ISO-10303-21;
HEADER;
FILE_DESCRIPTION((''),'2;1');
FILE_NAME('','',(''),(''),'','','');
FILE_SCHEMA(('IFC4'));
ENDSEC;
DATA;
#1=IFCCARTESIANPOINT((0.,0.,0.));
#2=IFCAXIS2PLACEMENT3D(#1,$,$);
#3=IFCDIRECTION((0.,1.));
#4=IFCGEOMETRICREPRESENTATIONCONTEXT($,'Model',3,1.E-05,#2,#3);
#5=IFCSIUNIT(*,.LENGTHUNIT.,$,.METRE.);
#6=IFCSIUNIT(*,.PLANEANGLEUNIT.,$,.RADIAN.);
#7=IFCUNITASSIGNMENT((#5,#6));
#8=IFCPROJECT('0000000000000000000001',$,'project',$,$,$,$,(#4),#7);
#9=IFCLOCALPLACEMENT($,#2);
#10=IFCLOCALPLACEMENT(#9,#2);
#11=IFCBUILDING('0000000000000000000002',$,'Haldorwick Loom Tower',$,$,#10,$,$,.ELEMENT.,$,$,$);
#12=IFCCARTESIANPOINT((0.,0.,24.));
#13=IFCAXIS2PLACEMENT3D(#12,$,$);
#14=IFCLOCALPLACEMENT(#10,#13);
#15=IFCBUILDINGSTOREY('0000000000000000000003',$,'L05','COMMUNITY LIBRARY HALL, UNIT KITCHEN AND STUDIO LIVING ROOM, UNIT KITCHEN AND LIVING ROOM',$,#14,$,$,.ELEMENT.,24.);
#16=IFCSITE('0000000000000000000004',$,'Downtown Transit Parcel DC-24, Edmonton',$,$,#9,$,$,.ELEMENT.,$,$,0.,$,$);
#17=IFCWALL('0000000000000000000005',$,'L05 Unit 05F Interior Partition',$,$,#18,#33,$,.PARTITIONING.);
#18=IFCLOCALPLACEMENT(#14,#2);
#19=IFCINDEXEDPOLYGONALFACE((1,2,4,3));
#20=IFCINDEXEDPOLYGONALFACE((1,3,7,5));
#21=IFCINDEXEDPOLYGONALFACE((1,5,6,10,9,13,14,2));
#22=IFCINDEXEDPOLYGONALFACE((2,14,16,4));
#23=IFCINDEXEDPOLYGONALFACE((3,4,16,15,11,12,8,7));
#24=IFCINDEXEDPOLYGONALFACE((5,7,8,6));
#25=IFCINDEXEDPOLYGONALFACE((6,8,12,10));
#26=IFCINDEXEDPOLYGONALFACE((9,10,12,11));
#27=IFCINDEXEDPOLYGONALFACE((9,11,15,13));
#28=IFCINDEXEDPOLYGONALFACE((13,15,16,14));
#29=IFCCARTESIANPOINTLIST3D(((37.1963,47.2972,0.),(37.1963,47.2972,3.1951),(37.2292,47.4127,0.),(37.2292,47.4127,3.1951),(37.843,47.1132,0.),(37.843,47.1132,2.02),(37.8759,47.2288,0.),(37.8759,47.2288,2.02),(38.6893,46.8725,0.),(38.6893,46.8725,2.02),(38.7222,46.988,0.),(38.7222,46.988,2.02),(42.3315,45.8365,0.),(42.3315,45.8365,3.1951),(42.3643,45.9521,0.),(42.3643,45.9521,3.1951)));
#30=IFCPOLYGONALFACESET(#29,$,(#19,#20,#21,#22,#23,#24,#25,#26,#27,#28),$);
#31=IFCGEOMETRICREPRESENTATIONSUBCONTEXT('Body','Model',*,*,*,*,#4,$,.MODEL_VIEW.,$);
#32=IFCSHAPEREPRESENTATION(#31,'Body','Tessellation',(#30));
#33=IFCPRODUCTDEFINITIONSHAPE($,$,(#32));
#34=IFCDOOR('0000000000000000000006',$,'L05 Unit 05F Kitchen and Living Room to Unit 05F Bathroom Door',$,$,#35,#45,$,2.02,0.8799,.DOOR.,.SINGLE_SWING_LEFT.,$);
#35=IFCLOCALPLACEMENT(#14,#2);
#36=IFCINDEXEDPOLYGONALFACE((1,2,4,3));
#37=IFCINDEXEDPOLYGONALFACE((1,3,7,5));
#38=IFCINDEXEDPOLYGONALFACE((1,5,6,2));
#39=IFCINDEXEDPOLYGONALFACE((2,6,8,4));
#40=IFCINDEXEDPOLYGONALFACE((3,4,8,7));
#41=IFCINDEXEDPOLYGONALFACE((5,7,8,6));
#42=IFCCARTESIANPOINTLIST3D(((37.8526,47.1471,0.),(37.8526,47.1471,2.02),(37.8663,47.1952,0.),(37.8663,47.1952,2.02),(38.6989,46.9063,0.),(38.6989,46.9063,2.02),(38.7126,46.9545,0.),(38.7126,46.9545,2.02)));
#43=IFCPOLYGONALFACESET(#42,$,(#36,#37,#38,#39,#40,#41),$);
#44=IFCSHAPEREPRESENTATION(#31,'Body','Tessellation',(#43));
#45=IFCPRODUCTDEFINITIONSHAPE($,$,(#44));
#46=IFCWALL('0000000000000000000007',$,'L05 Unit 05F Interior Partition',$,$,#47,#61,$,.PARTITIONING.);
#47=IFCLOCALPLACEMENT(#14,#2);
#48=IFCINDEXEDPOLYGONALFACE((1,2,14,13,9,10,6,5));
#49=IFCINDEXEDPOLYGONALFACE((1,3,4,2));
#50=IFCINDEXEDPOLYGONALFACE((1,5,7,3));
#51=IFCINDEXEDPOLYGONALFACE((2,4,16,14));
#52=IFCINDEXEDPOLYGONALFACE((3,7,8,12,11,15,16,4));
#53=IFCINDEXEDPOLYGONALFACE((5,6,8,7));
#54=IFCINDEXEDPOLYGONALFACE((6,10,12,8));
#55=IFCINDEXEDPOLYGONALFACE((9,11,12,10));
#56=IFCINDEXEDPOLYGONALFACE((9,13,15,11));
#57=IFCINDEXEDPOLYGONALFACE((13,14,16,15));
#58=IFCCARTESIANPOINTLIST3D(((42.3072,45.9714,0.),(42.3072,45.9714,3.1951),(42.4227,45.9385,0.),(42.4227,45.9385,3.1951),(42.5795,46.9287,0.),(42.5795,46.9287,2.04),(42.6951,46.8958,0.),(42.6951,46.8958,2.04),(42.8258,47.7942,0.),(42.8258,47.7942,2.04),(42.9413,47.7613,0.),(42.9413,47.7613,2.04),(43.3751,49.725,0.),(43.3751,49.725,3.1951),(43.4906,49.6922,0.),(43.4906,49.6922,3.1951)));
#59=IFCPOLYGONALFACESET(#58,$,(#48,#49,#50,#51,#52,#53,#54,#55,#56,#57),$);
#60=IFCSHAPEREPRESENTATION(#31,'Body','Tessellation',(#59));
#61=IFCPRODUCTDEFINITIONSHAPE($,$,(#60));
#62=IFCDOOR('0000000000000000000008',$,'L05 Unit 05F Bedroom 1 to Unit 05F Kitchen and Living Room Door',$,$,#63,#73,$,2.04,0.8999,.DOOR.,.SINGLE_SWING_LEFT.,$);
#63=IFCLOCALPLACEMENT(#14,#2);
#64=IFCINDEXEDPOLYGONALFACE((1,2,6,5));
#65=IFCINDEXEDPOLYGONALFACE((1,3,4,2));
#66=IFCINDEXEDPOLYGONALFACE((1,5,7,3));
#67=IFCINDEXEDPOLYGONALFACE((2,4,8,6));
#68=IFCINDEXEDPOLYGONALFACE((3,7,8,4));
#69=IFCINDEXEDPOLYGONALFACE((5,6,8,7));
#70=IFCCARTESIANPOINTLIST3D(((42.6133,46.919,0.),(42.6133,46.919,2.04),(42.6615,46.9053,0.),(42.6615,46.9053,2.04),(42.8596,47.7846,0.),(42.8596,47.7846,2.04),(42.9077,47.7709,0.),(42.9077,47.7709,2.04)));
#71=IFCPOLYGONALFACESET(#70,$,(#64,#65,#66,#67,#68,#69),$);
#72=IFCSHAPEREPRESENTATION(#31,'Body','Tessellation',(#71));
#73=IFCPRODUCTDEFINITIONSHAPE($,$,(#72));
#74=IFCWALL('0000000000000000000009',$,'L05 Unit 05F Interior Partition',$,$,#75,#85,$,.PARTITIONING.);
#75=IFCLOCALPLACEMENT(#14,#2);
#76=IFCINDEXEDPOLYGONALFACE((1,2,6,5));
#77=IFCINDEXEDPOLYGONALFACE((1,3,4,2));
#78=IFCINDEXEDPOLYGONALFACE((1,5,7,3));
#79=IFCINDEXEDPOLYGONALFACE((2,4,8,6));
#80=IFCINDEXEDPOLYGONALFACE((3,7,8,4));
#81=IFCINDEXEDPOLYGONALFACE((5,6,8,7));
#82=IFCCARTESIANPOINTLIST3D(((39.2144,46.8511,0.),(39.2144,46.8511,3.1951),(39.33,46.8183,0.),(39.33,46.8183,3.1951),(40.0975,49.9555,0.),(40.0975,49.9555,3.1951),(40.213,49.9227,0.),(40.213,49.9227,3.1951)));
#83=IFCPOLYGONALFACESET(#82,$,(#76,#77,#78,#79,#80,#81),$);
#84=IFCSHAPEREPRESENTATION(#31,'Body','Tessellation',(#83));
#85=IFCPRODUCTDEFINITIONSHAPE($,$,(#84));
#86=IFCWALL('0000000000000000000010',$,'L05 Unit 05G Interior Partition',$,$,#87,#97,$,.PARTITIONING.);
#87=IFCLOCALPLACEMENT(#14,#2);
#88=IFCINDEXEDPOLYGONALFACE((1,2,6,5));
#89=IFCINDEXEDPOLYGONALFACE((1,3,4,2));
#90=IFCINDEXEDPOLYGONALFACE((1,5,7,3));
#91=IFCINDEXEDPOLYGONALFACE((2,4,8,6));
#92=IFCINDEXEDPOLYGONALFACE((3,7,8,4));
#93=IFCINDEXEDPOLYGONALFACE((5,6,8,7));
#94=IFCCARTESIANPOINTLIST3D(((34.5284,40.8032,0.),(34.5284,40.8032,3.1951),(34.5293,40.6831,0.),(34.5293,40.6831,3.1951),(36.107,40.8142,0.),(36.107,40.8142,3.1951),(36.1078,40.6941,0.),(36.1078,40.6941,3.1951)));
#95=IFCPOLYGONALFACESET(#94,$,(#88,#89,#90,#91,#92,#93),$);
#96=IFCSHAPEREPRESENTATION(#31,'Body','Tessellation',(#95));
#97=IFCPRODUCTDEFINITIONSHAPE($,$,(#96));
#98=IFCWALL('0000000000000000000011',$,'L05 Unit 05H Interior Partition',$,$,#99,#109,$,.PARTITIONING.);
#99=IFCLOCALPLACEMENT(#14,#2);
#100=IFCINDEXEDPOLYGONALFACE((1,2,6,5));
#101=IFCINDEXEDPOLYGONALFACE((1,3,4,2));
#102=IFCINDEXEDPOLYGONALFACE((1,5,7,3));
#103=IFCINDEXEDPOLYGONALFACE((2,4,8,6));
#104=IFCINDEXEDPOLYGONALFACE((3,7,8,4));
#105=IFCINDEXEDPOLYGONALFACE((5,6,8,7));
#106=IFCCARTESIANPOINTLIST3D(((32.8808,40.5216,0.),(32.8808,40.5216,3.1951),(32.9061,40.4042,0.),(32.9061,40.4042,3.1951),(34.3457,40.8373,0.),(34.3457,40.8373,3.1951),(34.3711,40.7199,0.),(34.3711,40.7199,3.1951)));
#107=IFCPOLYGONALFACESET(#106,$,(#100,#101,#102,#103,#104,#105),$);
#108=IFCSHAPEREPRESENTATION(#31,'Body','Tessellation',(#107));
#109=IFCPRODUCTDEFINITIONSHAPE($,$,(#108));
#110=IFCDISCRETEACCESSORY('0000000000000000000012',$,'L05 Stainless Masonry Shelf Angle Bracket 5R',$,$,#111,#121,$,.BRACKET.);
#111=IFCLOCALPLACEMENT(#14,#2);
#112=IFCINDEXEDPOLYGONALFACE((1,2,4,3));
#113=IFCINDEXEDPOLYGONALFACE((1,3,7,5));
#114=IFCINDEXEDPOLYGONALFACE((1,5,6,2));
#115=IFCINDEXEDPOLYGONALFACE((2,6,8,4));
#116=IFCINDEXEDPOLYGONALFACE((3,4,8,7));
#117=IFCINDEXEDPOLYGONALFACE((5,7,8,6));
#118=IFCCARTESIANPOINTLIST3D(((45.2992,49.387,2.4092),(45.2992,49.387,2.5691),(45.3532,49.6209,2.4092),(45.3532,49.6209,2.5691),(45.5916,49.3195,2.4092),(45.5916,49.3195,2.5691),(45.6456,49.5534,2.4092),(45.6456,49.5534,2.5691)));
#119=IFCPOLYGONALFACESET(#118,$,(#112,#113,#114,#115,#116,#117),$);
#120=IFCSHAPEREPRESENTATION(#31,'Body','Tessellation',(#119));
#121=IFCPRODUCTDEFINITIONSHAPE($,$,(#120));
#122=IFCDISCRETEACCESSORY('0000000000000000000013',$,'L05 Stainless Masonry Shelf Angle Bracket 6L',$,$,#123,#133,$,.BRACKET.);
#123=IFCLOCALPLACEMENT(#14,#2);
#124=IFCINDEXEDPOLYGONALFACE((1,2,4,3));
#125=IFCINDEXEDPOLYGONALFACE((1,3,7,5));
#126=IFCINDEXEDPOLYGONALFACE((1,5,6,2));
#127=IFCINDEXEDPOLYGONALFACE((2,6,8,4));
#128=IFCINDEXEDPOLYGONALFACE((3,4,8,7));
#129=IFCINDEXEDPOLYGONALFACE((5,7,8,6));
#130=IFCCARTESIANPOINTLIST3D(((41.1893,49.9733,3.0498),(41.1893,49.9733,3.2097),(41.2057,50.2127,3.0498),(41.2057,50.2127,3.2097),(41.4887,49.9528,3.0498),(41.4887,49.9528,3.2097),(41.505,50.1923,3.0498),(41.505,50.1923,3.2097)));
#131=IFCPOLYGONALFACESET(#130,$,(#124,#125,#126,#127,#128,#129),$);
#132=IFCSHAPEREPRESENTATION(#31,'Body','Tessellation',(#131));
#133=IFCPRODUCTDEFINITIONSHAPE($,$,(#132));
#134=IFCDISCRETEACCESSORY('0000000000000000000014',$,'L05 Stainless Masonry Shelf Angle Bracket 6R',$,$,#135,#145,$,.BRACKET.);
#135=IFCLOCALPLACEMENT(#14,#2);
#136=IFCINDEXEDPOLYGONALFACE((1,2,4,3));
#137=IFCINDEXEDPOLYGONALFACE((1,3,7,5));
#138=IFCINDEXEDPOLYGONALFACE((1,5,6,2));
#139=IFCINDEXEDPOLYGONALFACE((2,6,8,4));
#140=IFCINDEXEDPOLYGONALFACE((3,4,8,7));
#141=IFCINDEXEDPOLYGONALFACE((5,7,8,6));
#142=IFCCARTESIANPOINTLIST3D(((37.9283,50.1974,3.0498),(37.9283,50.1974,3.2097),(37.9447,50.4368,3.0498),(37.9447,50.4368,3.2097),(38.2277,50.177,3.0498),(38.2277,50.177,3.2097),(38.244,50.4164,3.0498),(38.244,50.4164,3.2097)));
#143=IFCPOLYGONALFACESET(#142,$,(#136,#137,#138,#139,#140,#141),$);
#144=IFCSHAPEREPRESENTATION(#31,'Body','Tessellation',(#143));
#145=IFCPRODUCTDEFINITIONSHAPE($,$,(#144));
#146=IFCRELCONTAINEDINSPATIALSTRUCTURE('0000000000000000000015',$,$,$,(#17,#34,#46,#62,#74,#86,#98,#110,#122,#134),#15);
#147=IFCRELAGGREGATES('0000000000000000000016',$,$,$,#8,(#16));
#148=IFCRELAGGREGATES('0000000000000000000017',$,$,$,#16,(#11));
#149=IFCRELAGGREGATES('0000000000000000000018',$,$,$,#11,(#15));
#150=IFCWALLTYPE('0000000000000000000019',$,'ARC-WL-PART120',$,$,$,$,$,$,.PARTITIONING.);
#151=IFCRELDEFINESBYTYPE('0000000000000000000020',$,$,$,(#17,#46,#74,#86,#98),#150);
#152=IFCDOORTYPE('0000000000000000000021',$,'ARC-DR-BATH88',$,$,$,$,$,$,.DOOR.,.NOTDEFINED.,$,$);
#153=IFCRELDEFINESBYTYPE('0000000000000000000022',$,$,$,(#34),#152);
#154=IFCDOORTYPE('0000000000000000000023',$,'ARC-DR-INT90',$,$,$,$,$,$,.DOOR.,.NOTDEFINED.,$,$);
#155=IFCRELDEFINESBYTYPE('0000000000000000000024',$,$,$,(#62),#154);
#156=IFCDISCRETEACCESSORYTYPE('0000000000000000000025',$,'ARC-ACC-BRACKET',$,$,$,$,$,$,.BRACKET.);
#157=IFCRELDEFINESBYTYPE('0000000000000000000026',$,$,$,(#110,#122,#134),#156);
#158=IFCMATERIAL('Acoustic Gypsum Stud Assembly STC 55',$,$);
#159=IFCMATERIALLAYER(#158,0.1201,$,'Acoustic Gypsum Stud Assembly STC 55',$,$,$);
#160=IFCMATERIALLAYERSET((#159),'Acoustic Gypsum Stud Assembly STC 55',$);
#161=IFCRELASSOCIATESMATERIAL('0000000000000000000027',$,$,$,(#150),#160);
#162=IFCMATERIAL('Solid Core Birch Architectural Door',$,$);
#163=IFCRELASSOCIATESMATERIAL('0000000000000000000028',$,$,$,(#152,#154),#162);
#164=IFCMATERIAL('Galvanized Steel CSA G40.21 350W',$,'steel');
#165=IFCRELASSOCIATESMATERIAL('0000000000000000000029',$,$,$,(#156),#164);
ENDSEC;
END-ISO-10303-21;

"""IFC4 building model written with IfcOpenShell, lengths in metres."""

from ifc_helpers import new_model, si_unit, direction, frame, frame_2d, origin, origin_2d, place, context, subcontext, project, spatial, rectangle, extrude, material, layer, layer_set, type_object, element, fill, save


model = new_model("IFC4")

# Units and contexts
model_context = context("Model", 3, precision=1e-05, world=origin(), true_north=direction((0.0, 1.0)))
body_context = subcontext(model_context, "Body", "Model", "MODEL_VIEW")
ifc_project = project(units=[si_unit("LENGTHUNIT", "METRE"), si_unit("PLANEANGLEUNIT", "RADIAN")], contexts=[model_context])

# Site, building, storey
site_placement = place(None, origin())
site = spatial("IfcSite", under=ifc_project, at=site_placement, Name="Downtown Transit Parcel DC-24, Edmonton", CompositionType="ELEMENT", RefElevation=0.0)
building_placement = place(site_placement, origin())
building = spatial("IfcBuilding", under=site, at=building_placement, Name="Haldorwick Loom Tower", CompositionType="ELEMENT")
storey_placement = place(building_placement, frame((0.0, 0.0, 24.0)))
storey = spatial("IfcBuildingStorey", under=building, at=storey_placement, Name="L05", Description="COMMUNITY LIBRARY HALL, UNIT KITCHEN AND STUDIO LIVING ROOM, UNIT KITCHEN AND LIVING ROOM", CompositionType="ELEMENT", Elevation=24.0)

# Walls, openings, doors
ifc_material_1 = material(Name="Acoustic Gypsum Stud Assembly STC 55")
ifc_layer_1 = layer(ifc_material_1, 0.1201, Name="Acoustic Gypsum Stud Assembly STC 55")
ifc_layer_set_1 = layer_set([ifc_layer_1], Name="Acoustic Gypsum Stud Assembly STC 55")
wall_type_1 = type_object("IfcWallType", Name="ARC-WL-PART120", PredefinedType="PARTITIONING", material=ifc_layer_set_1)
wall_1_placement = place(storey_placement, frame((42.3479, 45.8943, 0.0), z_axis=(0.0, 0.0, 1.0), x_axis=(-0.961846, 0.273592, 0.0)))
wall_1 = element("IfcWall", 1, at=wall_1_placement, inside=storey, type_object=wall_type_1, Name="L05 Unit 05F Interior Partition", PredefinedType="PARTITIONING", context=body_context, shape_type="SweptSolid", body=[
    extrude(rectangle(XDim=5.3389, YDim=0.1201, at=frame_2d((2.6694, 0.0))), origin(), (0.0, 0.0, 1.0), 3.1951),
])
opening_1_placement = place(wall_1_placement, frame((3.7866, 0.0, 0.0)))
opening_1 = element("IfcOpeningElement", 2, at=opening_1_placement, cuts=wall_1, PredefinedType="OPENING", context=body_context, shape_type="SweptSolid", body=[
    extrude(rectangle(XDim=0.8799, YDim=2.02, at=frame_2d((0.4399, 1.01))), frame((0.0, 0.0701, 0.0), z_axis=(0.0, -1.0, 0.0), x_axis=(1.0, 0.0, 0.0)), (0.0, 0.0, 1.0), 0.1401),
])
ifc_material_2 = material(Name="Solid Core Birch Architectural Door")
door_type_1 = type_object("IfcDoorType", Name="ARC-DR-BATH88", OperationType="NOTDEFINED", PredefinedType="DOOR", material=ifc_material_2)
door_1_placement = place(opening_1_placement, origin())
door_1 = element("IfcDoor", 3, at=door_1_placement, inside=storey, type_object=door_type_1, Name="L05 Unit 05F Kitchen and Living Room to Unit 05F Bathroom Door", OperationType="SINGLE_SWING_LEFT", OverallHeight=2.02, OverallWidth=0.8799, PredefinedType="DOOR", context=body_context, shape_type="SweptSolid", body=[
    extrude(rectangle(XDim=0.8799, YDim=2.02, at=frame_2d((0.4399, 1.01))), frame((0.0, 0.0249, 0.0), z_axis=(0.0, -1.0, 0.0), x_axis=(1.0, 0.0, 0.0)), (0.0, 0.0, 1.0), 0.05),
])
fill(opening_1, door_1)
wall_2_placement = place(storey_placement, frame((42.365, 45.9551, 0.0), z_axis=(0.0, 0.0, 1.0), x_axis=(0.27363, 0.961835, 0.0)))
wall_2 = element("IfcWall", 4, at=wall_2_placement, inside=storey, type_object=wall_type_1, Name="L05 Unit 05F Interior Partition", PredefinedType="PARTITIONING", context=body_context, shape_type="SweptSolid", body=[
    extrude(rectangle(XDim=3.9026, YDim=0.1201, at=frame_2d((1.9512, 0.0))), origin(), (0.0, 0.0, 1.0), 3.1951),
])
opening_2_placement = place(wall_2_placement, frame((0.9951, 0.0, 0.0)))
opening_2 = element("IfcOpeningElement", 5, at=opening_2_placement, cuts=wall_2, PredefinedType="OPENING", context=body_context, shape_type="SweptSolid", body=[
    extrude(rectangle(XDim=0.8999, YDim=2.04, at=frame_2d((0.45, 1.02))), frame((0.0, 0.0701, 0.0), z_axis=(0.0, -1.0, 0.0), x_axis=(1.0, 0.0, 0.0)), (0.0, 0.0, 1.0), 0.1401),
])
door_type_2 = type_object("IfcDoorType", Name="ARC-DR-INT90", OperationType="NOTDEFINED", PredefinedType="DOOR", material=ifc_material_2)
door_2_placement = place(opening_2_placement, origin())
door_2 = element("IfcDoor", 6, at=door_2_placement, inside=storey, type_object=door_type_2, Name="L05 Unit 05F Bedroom 1 to Unit 05F Kitchen and Living Room Door", OperationType="SINGLE_SWING_LEFT", OverallHeight=2.04, OverallWidth=0.8999, PredefinedType="DOOR", context=body_context, shape_type="SweptSolid", body=[
    extrude(rectangle(XDim=0.8999, YDim=2.04, at=frame_2d((0.45, 1.02))), frame((0.0, 0.0249, 0.0), z_axis=(0.0, -1.0, 0.0), x_axis=(1.0, 0.0, 0.0)), (0.0, 0.0, 1.0), 0.05),
])
fill(opening_2, door_2)

# Walls
wall_3_placement = place(storey_placement, frame((39.2722, 46.8347, 0.0), z_axis=(0.0, 0.0, 1.0), x_axis=(0.273592, 0.961846, 0.0)))
element("IfcWall", 7, at=wall_3_placement, inside=storey, type_object=wall_type_1, Name="L05 Unit 05F Interior Partition", PredefinedType="PARTITIONING", context=body_context, shape_type="SweptSolid", body=[
    extrude(rectangle(XDim=3.2275, YDim=0.1201, at=frame_2d((1.6138, 0.0))), origin(), (0.0, 0.0, 1.0), 3.1951),
])
wall_4_placement = place(storey_placement, frame((36.1074, 40.7542, 0.0), z_axis=(0.0, 0.0, 1.0), x_axis=(-0.999976, -0.006959, 0.0)))
element("IfcWall", 8, at=wall_4_placement, inside=storey, type_object=wall_type_1, Name="L05 Unit 05G Interior Partition", PredefinedType="PARTITIONING", context=body_context, shape_type="SweptSolid", body=[
    extrude(rectangle(XDim=1.5786, YDim=0.1201, at=frame_2d((0.7893, 0.0))), origin(), (0.0, 0.0, 1.0), 3.1951),
])
wall_5_placement = place(storey_placement, frame((34.3584, 40.7786, 0.0), z_axis=(0.0, 0.0, 1.0), x_axis=(-0.977559, -0.210664, 0.0)))
element("IfcWall", 9, at=wall_5_placement, inside=storey, type_object=wall_type_1, Name="L05 Unit 05H Interior Partition", PredefinedType="PARTITIONING", context=body_context, shape_type="SweptSolid", body=[
    extrude(rectangle(XDim=1.4985, YDim=0.1201, at=frame_2d((0.7493, 0.0))), origin(), (0.0, 0.0, 1.0), 3.1951),
])

# Discrete accessories
ifc_material_3 = material(Name="Galvanized Steel CSA G40.21 350W", Category="steel")
discrete_accessory_type = type_object("IfcDiscreteAccessoryType", Name="ARC-ACC-BRACKET", PredefinedType="BRACKET", material=ifc_material_3)
for number, where, z_axis, x_axis, name in (
    (10, (45.4724, 49.4702, 2.4092), (0.0, 0.0, 1.0), (-0.97437, 0.224951, 0.0), "L05 Stainless Masonry Shelf Angle Bracket 5R"),
    (11, (41.3472, 50.0828, 3.0498), (0.0, 0.0, 1.0), (-0.997684, 0.068015, 0.0), "L05 Stainless Masonry Shelf Angle Bracket 6L"),
    (12, (38.0862, 50.3069, 3.0498), (0.0, 0.0, 1.0), (-0.997684, 0.068015, 0.0), "L05 Stainless Masonry Shelf Angle Bracket 6R"),
):
    element("IfcDiscreteAccessory", number, at=place(storey_placement, frame(where, z_axis=z_axis, x_axis=x_axis)), inside=storey, type_object=discrete_accessory_type, Name=name, PredefinedType="BRACKET", context=body_context, shape_type="SweptSolid", body=[
        extrude(rectangle(XDim=0.3, YDim=0.24, at=origin_2d()), origin(), (0.0, 0.0, 1.0), 0.1599),
    ])

save(model, "model.ifc")
